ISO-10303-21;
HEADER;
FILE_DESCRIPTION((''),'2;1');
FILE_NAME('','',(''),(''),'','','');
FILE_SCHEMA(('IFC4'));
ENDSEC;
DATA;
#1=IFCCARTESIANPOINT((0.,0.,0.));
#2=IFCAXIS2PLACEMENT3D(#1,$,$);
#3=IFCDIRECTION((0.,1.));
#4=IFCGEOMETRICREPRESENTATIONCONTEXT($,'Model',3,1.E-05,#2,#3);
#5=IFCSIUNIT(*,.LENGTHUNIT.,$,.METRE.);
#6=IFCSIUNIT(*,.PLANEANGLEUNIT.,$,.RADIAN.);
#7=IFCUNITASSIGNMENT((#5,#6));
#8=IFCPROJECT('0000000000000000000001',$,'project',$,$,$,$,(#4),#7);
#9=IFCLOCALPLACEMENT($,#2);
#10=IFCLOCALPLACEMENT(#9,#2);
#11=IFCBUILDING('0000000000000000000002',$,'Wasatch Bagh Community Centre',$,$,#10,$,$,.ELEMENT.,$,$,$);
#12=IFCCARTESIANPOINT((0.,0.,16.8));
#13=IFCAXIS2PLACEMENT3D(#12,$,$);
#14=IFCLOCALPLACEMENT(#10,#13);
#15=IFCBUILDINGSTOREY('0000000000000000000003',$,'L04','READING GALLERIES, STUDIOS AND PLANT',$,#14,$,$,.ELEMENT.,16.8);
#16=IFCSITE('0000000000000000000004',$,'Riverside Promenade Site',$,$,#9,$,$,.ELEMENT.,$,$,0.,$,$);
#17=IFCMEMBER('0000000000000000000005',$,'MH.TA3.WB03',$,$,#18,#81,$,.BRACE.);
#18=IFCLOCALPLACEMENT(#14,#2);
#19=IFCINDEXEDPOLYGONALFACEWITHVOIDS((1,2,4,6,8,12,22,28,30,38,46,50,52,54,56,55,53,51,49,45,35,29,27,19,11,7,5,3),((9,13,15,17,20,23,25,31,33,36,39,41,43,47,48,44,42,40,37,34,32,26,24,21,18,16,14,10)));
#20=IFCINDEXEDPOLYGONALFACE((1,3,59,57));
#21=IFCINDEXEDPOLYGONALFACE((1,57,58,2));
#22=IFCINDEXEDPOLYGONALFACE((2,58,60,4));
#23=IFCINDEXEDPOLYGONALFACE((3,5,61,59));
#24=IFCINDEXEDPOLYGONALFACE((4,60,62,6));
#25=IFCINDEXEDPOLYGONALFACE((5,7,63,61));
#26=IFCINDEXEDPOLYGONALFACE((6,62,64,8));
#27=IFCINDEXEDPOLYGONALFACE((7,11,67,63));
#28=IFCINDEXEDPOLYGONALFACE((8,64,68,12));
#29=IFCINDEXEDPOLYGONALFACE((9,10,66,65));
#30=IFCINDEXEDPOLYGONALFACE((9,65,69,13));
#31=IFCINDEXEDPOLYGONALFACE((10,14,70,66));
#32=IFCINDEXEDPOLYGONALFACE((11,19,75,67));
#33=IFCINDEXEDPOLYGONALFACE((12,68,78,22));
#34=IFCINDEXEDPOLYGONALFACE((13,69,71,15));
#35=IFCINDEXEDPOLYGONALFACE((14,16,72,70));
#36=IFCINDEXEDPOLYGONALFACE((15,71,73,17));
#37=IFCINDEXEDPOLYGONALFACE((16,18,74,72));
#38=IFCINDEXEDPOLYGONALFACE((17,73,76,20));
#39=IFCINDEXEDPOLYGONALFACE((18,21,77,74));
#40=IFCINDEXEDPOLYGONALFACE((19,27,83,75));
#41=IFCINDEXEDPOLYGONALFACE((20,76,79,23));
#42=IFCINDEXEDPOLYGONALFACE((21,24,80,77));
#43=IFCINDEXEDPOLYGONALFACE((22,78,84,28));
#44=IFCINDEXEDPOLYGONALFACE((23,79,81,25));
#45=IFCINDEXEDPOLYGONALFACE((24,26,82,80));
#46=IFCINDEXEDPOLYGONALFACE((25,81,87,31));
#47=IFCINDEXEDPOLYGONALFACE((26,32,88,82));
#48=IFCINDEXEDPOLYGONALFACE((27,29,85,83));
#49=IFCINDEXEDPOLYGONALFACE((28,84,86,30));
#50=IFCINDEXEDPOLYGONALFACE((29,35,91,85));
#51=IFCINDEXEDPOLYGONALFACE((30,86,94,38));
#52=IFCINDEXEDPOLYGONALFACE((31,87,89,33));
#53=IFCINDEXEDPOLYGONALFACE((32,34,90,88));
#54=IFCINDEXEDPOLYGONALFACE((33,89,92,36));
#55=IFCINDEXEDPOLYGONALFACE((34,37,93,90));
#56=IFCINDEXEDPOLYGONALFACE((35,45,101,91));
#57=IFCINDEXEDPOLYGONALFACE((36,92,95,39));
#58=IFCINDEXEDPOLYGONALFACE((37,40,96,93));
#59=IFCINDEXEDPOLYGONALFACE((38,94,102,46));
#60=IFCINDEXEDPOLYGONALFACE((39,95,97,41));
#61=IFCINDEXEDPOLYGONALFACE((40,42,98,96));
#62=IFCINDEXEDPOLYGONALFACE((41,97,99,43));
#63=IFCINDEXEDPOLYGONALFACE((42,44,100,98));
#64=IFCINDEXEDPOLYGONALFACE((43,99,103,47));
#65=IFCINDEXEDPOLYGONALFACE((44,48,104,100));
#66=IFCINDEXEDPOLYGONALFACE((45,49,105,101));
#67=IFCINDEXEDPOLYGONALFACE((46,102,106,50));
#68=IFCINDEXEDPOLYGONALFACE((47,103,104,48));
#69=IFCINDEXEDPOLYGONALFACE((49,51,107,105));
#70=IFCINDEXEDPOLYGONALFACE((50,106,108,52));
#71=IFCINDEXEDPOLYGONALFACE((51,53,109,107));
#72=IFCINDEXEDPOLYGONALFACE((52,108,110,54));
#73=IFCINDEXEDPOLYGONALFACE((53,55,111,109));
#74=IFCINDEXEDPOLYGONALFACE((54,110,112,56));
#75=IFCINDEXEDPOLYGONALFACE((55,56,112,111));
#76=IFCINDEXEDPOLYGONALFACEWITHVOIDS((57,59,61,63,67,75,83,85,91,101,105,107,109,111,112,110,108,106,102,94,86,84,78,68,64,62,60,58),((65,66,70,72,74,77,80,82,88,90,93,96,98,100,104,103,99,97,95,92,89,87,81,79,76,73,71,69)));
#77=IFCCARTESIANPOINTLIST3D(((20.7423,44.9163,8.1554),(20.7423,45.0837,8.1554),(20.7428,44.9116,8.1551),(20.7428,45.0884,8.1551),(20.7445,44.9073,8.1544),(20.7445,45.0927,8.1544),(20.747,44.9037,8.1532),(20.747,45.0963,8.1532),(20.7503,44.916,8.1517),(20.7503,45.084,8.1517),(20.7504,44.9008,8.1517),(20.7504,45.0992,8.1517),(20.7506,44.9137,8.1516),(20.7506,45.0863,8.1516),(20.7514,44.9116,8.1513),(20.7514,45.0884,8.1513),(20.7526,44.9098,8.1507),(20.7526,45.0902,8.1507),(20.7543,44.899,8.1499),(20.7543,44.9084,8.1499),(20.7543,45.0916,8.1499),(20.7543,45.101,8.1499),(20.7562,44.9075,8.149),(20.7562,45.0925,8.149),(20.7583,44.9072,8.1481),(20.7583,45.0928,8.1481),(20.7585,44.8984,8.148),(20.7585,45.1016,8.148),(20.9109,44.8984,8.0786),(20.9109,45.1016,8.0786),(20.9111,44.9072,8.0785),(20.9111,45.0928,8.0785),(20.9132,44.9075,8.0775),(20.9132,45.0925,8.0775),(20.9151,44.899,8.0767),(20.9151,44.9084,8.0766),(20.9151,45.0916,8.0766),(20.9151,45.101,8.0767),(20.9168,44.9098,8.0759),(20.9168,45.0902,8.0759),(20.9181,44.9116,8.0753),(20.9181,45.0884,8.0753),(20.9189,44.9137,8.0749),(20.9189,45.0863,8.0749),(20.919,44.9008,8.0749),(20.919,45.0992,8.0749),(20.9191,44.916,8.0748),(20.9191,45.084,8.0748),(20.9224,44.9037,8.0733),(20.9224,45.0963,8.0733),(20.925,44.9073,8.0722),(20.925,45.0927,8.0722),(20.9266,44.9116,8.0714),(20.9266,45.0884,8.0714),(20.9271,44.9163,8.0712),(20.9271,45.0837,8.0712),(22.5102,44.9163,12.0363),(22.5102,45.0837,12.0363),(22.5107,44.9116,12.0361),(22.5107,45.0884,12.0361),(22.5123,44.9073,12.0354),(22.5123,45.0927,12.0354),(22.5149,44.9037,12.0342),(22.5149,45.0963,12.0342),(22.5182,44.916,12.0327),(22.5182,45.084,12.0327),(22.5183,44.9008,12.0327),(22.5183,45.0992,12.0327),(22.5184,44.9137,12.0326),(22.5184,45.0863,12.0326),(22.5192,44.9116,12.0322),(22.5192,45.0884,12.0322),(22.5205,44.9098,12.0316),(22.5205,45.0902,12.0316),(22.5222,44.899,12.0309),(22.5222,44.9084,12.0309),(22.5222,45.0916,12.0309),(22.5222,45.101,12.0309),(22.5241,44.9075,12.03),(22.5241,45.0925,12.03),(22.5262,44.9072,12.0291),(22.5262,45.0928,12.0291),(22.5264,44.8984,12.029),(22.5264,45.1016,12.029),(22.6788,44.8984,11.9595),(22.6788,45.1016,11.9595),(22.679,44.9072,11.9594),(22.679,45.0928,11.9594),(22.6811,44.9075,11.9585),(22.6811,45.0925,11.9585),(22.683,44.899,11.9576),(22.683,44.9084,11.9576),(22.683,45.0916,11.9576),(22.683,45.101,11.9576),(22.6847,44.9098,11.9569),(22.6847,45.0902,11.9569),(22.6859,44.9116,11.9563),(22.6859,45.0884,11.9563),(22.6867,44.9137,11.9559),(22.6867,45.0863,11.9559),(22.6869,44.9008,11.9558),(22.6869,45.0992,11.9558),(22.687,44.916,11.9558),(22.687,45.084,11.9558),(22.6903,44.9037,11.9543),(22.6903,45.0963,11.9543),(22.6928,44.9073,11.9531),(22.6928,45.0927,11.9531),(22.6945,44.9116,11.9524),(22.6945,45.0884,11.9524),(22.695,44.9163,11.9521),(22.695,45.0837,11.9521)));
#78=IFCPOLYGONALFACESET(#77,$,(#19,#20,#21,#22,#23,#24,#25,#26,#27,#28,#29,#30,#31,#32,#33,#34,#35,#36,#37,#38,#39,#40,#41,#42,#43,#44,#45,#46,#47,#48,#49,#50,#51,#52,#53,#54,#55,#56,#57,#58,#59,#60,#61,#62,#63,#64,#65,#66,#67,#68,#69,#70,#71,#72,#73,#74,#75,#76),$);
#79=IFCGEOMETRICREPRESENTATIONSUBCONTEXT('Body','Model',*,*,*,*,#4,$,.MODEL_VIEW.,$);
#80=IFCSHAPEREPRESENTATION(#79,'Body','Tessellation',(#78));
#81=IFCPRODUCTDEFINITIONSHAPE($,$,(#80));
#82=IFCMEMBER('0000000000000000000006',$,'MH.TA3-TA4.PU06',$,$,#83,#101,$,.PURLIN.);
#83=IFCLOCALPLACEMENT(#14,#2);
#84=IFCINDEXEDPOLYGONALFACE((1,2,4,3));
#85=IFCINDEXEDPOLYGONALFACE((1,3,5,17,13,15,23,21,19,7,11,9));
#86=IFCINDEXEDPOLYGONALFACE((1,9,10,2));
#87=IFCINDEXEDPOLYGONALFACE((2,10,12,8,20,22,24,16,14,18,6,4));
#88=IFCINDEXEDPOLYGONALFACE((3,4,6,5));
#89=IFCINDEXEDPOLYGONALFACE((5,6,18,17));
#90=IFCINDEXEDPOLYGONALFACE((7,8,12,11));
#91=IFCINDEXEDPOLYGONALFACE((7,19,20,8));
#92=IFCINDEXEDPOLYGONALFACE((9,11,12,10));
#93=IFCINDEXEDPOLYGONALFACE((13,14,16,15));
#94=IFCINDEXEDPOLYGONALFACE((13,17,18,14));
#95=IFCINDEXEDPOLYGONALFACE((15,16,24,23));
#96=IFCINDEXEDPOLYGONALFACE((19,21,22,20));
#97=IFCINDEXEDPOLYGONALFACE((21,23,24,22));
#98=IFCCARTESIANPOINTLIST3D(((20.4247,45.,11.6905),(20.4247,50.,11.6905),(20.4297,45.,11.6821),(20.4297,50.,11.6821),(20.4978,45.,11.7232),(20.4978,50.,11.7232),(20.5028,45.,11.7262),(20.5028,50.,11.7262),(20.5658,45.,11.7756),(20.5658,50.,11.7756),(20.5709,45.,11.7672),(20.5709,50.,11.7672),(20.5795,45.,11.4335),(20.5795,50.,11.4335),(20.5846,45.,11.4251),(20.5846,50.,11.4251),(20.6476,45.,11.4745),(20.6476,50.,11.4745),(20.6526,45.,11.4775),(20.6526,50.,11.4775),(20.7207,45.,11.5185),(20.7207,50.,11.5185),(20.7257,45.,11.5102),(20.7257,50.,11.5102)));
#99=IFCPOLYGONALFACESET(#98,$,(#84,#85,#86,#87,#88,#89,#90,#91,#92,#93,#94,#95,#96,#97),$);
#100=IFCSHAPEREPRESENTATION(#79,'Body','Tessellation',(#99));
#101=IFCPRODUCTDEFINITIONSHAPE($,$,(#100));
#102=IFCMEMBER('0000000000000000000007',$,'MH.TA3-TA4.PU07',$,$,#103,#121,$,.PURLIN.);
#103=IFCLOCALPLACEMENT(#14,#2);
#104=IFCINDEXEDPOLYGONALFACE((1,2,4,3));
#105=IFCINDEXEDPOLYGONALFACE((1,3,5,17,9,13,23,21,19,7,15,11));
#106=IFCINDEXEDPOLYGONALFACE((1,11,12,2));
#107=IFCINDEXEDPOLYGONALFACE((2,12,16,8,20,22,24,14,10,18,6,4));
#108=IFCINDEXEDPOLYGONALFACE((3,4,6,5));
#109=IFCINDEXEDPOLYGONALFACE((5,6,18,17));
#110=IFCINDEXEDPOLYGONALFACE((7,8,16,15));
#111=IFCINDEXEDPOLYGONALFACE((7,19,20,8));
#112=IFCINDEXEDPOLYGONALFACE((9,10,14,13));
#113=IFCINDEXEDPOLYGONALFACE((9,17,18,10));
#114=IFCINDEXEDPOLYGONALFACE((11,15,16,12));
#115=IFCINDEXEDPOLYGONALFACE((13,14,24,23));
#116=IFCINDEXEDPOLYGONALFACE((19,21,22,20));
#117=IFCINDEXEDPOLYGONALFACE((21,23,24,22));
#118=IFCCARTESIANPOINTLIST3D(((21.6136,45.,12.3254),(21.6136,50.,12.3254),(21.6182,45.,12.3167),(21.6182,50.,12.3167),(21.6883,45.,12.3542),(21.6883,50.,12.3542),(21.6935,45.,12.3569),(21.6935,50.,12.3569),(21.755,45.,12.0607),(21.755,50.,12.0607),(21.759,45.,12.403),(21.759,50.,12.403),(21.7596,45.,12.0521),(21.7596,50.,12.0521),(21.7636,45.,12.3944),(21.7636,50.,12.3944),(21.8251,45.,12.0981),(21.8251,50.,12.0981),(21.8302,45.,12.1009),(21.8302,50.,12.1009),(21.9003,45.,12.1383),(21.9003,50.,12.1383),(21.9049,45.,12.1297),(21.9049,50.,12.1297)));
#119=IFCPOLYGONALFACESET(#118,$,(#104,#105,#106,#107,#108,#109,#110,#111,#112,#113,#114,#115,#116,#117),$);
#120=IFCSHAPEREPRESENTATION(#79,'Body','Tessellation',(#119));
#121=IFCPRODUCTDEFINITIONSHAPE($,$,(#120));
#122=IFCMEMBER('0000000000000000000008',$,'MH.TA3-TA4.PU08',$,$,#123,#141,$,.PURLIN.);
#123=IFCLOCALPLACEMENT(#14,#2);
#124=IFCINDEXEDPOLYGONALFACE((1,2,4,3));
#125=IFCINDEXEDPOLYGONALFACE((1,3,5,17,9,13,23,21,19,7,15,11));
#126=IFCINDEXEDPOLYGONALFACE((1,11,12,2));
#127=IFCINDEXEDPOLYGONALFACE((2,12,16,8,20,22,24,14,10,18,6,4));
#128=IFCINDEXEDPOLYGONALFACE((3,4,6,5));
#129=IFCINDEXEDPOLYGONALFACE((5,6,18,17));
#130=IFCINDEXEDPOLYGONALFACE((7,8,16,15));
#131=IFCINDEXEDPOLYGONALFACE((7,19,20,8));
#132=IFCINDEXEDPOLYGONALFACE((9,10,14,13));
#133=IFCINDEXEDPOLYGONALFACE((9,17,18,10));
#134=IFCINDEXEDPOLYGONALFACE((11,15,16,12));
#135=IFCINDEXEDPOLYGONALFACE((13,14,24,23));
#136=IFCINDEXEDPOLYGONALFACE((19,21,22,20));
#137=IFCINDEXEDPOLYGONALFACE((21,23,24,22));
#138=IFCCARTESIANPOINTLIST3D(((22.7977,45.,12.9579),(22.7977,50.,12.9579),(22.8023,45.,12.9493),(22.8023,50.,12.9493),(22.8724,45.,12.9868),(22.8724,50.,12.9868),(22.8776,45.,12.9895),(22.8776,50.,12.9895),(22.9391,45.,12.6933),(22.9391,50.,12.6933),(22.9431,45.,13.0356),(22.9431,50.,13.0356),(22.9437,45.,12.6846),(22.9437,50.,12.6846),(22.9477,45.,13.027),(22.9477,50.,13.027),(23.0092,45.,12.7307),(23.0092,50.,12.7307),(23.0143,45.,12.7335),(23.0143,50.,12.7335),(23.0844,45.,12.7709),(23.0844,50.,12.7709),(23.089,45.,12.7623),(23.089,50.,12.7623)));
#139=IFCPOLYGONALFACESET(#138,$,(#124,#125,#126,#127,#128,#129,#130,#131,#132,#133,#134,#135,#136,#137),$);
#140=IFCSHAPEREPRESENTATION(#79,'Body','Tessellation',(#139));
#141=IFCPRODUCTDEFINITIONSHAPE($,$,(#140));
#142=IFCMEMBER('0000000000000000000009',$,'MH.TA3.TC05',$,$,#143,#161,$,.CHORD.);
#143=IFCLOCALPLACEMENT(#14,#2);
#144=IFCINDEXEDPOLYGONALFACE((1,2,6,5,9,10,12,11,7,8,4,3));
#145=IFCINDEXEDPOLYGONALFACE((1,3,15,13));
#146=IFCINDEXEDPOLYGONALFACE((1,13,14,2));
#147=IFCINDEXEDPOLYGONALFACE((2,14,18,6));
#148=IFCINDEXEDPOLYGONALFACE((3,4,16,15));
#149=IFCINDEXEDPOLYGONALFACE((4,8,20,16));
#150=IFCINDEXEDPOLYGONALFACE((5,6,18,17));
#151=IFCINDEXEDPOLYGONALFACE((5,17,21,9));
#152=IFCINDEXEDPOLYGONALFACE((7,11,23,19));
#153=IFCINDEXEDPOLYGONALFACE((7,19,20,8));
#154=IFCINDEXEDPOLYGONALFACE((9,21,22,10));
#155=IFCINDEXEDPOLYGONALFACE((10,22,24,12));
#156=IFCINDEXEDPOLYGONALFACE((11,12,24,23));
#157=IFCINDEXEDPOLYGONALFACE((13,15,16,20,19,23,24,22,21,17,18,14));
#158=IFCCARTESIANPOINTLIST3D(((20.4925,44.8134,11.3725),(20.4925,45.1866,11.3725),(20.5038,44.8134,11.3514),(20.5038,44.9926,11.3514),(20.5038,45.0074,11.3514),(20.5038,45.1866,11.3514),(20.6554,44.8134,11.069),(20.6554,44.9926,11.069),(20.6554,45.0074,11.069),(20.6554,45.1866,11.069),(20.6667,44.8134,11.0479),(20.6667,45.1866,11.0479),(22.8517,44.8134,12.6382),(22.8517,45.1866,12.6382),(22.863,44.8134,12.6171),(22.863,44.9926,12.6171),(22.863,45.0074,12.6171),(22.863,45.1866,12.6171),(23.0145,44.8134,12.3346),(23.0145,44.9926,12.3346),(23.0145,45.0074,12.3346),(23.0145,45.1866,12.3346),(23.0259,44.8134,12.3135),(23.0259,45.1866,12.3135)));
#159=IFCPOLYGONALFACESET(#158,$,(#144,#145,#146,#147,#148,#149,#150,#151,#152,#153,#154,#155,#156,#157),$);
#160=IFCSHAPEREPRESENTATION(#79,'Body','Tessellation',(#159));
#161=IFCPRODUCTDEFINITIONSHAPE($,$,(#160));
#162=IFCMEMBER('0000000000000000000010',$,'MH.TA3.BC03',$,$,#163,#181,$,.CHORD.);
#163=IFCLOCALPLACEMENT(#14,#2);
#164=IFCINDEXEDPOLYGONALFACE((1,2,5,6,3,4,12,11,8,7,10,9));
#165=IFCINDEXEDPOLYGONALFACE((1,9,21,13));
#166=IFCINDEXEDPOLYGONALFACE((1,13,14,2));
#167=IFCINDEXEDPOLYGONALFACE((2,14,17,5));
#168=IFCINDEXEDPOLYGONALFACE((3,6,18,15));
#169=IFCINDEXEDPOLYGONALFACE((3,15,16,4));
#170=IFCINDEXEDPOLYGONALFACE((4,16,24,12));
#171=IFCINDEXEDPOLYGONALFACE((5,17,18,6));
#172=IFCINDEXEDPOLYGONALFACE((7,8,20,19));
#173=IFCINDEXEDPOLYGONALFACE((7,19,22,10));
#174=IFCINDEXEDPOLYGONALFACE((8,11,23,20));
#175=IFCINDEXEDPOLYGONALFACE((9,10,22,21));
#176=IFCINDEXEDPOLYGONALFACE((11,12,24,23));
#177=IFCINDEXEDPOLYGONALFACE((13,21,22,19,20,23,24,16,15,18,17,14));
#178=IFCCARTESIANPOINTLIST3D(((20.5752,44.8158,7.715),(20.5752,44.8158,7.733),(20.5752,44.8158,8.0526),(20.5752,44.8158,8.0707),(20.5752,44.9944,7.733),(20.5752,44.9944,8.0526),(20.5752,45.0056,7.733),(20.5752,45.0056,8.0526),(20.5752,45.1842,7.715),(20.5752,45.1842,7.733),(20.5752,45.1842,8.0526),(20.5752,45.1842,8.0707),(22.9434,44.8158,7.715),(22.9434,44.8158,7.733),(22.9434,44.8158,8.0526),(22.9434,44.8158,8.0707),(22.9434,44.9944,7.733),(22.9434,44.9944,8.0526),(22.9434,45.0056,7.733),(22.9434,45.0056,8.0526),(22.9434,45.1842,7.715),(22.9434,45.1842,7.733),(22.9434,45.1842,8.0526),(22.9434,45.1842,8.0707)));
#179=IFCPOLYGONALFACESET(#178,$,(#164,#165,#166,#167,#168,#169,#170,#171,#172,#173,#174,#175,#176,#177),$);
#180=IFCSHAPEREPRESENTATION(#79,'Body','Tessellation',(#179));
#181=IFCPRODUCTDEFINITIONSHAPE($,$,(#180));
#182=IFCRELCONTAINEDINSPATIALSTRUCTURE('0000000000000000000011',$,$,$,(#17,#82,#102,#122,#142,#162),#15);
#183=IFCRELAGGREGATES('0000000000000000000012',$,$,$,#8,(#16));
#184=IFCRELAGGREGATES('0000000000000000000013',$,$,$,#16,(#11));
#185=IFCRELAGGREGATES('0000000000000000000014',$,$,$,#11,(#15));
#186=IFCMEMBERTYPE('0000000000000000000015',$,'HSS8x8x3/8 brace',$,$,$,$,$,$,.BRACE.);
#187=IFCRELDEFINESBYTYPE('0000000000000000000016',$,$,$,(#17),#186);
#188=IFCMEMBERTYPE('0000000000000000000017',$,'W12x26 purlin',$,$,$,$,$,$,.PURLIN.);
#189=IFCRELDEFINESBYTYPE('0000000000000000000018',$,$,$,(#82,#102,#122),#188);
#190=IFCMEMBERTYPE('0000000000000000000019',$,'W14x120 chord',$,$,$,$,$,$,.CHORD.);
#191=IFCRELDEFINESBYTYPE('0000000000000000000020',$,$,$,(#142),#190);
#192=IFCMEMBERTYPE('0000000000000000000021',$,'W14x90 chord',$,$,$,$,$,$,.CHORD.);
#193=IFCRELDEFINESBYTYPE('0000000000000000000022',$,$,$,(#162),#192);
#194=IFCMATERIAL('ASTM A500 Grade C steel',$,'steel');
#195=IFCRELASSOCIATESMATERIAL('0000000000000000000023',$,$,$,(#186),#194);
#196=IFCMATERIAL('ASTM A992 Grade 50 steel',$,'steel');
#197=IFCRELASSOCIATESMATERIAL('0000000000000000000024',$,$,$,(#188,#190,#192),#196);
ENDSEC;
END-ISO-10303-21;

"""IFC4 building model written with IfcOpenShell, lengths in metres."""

from ifc_helpers import new_model, si_unit, direction, frame, origin, origin_2d, place, context, subcontext, project, spatial, hollow_rectangle, i_section, extrude, material, material_profile, profile_set, type_object, element, save


model = new_model("IFC4")

# Units and contexts
model_context = context("Model", 3, precision=1e-05, world=origin(), true_north=direction((0.0, 1.0)))
body_context = subcontext(model_context, "Body", "Model", "MODEL_VIEW")
ifc_project = project(units=[si_unit("LENGTHUNIT", "METRE"), si_unit("PLANEANGLEUNIT", "RADIAN")], contexts=[model_context])

# Site, building, storey
site_placement = place(None, origin())
site = spatial("IfcSite", under=ifc_project, at=site_placement, Name="Riverside Promenade Site", CompositionType="ELEMENT", RefElevation=0.0)
building_placement = place(site_placement, origin())
building = spatial("IfcBuilding", under=site, at=building_placement, Name="Wasatch Bagh Community Centre", CompositionType="ELEMENT")
storey_placement = place(building_placement, frame((0.0, 0.0, 16.8)))
storey = spatial("IfcBuildingStorey", under=building, at=storey_placement, Name="L04", Description="READING GALLERIES, STUDIOS AND PLANT", CompositionType="ELEMENT", Elevation=16.8)

# Members
ifc_material_1 = material(Name="ASTM A500 Grade C steel", Category="steel")
ifc_material_profile_1 = material_profile(ifc_material_1, hollow_rectangle(XDim=0.2031, YDim=0.2031, WallThickness=0.0088, InnerFilletRadius=0.0088, OuterFilletRadius=0.0178, at=origin_2d()), Name="HSS8x8x3/8")
ifc_profile_set_1 = profile_set([ifc_material_profile_1], Name="ASTM A500 Grade C steel")
member_type_1 = type_object("IfcMemberType", Name="HSS8x8x3/8 brace", PredefinedType="BRACE", material=ifc_profile_set_1)
member_1_placement = place(storey_placement, frame((20.8347, 45.0, 8.1133), z_axis=(0.41454, 0.0, 0.910031), x_axis=(0.0, 1.0, 0.0)))
element("IfcMember", 1, at=member_1_placement, inside=storey, type_object=member_type_1, Name="MH.TA3.WB03", PredefinedType="BRACE", context=body_context, shape_type="SweptSolid", body=[
    extrude(hollow_rectangle(XDim=0.2031, YDim=0.2031, WallThickness=0.0088, InnerFilletRadius=0.0088, OuterFilletRadius=0.0178, at=origin_2d()), origin(), (0.0, 0.0, 1.0), 4.2646),
])
ifc_material_2 = material(Name="ASTM A992 Grade 50 steel", Category="steel")
ifc_material_profile_2 = material_profile(ifc_material_2, i_section(OverallWidth=0.1648, OverallDepth=0.3098, WebThickness=0.0059, FlangeThickness=0.0098, at=origin_2d()), Name="W12x26")
ifc_profile_set_2 = profile_set([ifc_material_profile_2], Name="ASTM A992 Grade 50 steel")
member_type_2 = type_object("IfcMemberType", Name="W12x26 purlin", PredefinedType="PURLIN", material=ifc_profile_set_2)
for number, where, z_axis, x_axis, name in (
    (2, (20.5752, 45.0, 11.6003), (0.0, 1.0, 0.0), (-0.856568, 0.0, -0.516034), "MH.TA3-TA4.PU06"),
    (3, (21.7593, 45.0, 12.2275), (0.0, 1.0, 0.0), (-0.882062, 0.0, -0.471133), "MH.TA3-TA4.PU07"),
    (4, (22.9434, 45.0, 12.8601), (0.0, 1.0, 0.0), (-0.882062, 0.0, -0.471133), "MH.TA3-TA4.PU08"),
):
    element("IfcMember", number, at=place(storey_placement, frame(where, z_axis=z_axis, x_axis=x_axis)), inside=storey, type_object=member_type_2, Name=name, PredefinedType="PURLIN", context=body_context, shape_type="SweptSolid", body=[
        extrude(i_section(OverallWidth=0.1648, OverallDepth=0.3098, WebThickness=0.0059, FlangeThickness=0.0098, at=origin_2d()), origin(), (0.0, 0.0, 1.0), 5.0),
    ])
ifc_material_profile_3 = material_profile(ifc_material_2, i_section(OverallWidth=0.3733, OverallDepth=0.3684, WebThickness=0.0149, FlangeThickness=0.0239, at=origin_2d()), Name="W14x120")
ifc_profile_set_3 = profile_set([ifc_material_profile_3], Name="ASTM A992 Grade 50 steel")
member_type_3 = type_object("IfcMemberType", Name="W14x120 chord", PredefinedType="CHORD", material=ifc_profile_set_3)
member_2_placement = place(storey_placement, frame((20.5796, 45.0, 11.2102), z_axis=(0.881199, 0.0, 0.472745), x_axis=(0.0, 1.0, 0.0)))
element("IfcMember", 5, at=member_2_placement, inside=storey, type_object=member_type_3, Name="MH.TA3.TC05", PredefinedType="CHORD", context=body_context, shape_type="SweptSolid", body=[
    extrude(i_section(OverallWidth=0.3733, OverallDepth=0.3684, WebThickness=0.0149, FlangeThickness=0.0239, at=origin_2d()), origin(), (0.0, 0.0, 1.0), 2.6772),
])
ifc_material_profile_4 = material_profile(ifc_material_2, i_section(OverallWidth=0.3684, OverallDepth=0.3557, WebThickness=0.0112, FlangeThickness=0.0181, at=origin_2d()), Name="W14x90")
ifc_profile_set_4 = profile_set([ifc_material_profile_4], Name="ASTM A992 Grade 50 steel")
member_type_4 = type_object("IfcMemberType", Name="W14x90 chord", PredefinedType="CHORD", material=ifc_profile_set_4)
member_3_placement = place(storey_placement, frame((20.5752, 45.0, 7.8928), z_axis=(1.0, 0.0, 0.0), x_axis=(0.0, 1.0, 0.0)))
element("IfcMember", 6, at=member_3_placement, inside=storey, type_object=member_type_4, Name="MH.TA3.BC03", PredefinedType="CHORD", context=body_context, shape_type="SweptSolid", body=[
    extrude(i_section(OverallWidth=0.3684, OverallDepth=0.3557, WebThickness=0.0112, FlangeThickness=0.0181, at=origin_2d()), origin(), (0.0, 0.0, 1.0), 2.3682),
])

save(model, "model.ifc")
